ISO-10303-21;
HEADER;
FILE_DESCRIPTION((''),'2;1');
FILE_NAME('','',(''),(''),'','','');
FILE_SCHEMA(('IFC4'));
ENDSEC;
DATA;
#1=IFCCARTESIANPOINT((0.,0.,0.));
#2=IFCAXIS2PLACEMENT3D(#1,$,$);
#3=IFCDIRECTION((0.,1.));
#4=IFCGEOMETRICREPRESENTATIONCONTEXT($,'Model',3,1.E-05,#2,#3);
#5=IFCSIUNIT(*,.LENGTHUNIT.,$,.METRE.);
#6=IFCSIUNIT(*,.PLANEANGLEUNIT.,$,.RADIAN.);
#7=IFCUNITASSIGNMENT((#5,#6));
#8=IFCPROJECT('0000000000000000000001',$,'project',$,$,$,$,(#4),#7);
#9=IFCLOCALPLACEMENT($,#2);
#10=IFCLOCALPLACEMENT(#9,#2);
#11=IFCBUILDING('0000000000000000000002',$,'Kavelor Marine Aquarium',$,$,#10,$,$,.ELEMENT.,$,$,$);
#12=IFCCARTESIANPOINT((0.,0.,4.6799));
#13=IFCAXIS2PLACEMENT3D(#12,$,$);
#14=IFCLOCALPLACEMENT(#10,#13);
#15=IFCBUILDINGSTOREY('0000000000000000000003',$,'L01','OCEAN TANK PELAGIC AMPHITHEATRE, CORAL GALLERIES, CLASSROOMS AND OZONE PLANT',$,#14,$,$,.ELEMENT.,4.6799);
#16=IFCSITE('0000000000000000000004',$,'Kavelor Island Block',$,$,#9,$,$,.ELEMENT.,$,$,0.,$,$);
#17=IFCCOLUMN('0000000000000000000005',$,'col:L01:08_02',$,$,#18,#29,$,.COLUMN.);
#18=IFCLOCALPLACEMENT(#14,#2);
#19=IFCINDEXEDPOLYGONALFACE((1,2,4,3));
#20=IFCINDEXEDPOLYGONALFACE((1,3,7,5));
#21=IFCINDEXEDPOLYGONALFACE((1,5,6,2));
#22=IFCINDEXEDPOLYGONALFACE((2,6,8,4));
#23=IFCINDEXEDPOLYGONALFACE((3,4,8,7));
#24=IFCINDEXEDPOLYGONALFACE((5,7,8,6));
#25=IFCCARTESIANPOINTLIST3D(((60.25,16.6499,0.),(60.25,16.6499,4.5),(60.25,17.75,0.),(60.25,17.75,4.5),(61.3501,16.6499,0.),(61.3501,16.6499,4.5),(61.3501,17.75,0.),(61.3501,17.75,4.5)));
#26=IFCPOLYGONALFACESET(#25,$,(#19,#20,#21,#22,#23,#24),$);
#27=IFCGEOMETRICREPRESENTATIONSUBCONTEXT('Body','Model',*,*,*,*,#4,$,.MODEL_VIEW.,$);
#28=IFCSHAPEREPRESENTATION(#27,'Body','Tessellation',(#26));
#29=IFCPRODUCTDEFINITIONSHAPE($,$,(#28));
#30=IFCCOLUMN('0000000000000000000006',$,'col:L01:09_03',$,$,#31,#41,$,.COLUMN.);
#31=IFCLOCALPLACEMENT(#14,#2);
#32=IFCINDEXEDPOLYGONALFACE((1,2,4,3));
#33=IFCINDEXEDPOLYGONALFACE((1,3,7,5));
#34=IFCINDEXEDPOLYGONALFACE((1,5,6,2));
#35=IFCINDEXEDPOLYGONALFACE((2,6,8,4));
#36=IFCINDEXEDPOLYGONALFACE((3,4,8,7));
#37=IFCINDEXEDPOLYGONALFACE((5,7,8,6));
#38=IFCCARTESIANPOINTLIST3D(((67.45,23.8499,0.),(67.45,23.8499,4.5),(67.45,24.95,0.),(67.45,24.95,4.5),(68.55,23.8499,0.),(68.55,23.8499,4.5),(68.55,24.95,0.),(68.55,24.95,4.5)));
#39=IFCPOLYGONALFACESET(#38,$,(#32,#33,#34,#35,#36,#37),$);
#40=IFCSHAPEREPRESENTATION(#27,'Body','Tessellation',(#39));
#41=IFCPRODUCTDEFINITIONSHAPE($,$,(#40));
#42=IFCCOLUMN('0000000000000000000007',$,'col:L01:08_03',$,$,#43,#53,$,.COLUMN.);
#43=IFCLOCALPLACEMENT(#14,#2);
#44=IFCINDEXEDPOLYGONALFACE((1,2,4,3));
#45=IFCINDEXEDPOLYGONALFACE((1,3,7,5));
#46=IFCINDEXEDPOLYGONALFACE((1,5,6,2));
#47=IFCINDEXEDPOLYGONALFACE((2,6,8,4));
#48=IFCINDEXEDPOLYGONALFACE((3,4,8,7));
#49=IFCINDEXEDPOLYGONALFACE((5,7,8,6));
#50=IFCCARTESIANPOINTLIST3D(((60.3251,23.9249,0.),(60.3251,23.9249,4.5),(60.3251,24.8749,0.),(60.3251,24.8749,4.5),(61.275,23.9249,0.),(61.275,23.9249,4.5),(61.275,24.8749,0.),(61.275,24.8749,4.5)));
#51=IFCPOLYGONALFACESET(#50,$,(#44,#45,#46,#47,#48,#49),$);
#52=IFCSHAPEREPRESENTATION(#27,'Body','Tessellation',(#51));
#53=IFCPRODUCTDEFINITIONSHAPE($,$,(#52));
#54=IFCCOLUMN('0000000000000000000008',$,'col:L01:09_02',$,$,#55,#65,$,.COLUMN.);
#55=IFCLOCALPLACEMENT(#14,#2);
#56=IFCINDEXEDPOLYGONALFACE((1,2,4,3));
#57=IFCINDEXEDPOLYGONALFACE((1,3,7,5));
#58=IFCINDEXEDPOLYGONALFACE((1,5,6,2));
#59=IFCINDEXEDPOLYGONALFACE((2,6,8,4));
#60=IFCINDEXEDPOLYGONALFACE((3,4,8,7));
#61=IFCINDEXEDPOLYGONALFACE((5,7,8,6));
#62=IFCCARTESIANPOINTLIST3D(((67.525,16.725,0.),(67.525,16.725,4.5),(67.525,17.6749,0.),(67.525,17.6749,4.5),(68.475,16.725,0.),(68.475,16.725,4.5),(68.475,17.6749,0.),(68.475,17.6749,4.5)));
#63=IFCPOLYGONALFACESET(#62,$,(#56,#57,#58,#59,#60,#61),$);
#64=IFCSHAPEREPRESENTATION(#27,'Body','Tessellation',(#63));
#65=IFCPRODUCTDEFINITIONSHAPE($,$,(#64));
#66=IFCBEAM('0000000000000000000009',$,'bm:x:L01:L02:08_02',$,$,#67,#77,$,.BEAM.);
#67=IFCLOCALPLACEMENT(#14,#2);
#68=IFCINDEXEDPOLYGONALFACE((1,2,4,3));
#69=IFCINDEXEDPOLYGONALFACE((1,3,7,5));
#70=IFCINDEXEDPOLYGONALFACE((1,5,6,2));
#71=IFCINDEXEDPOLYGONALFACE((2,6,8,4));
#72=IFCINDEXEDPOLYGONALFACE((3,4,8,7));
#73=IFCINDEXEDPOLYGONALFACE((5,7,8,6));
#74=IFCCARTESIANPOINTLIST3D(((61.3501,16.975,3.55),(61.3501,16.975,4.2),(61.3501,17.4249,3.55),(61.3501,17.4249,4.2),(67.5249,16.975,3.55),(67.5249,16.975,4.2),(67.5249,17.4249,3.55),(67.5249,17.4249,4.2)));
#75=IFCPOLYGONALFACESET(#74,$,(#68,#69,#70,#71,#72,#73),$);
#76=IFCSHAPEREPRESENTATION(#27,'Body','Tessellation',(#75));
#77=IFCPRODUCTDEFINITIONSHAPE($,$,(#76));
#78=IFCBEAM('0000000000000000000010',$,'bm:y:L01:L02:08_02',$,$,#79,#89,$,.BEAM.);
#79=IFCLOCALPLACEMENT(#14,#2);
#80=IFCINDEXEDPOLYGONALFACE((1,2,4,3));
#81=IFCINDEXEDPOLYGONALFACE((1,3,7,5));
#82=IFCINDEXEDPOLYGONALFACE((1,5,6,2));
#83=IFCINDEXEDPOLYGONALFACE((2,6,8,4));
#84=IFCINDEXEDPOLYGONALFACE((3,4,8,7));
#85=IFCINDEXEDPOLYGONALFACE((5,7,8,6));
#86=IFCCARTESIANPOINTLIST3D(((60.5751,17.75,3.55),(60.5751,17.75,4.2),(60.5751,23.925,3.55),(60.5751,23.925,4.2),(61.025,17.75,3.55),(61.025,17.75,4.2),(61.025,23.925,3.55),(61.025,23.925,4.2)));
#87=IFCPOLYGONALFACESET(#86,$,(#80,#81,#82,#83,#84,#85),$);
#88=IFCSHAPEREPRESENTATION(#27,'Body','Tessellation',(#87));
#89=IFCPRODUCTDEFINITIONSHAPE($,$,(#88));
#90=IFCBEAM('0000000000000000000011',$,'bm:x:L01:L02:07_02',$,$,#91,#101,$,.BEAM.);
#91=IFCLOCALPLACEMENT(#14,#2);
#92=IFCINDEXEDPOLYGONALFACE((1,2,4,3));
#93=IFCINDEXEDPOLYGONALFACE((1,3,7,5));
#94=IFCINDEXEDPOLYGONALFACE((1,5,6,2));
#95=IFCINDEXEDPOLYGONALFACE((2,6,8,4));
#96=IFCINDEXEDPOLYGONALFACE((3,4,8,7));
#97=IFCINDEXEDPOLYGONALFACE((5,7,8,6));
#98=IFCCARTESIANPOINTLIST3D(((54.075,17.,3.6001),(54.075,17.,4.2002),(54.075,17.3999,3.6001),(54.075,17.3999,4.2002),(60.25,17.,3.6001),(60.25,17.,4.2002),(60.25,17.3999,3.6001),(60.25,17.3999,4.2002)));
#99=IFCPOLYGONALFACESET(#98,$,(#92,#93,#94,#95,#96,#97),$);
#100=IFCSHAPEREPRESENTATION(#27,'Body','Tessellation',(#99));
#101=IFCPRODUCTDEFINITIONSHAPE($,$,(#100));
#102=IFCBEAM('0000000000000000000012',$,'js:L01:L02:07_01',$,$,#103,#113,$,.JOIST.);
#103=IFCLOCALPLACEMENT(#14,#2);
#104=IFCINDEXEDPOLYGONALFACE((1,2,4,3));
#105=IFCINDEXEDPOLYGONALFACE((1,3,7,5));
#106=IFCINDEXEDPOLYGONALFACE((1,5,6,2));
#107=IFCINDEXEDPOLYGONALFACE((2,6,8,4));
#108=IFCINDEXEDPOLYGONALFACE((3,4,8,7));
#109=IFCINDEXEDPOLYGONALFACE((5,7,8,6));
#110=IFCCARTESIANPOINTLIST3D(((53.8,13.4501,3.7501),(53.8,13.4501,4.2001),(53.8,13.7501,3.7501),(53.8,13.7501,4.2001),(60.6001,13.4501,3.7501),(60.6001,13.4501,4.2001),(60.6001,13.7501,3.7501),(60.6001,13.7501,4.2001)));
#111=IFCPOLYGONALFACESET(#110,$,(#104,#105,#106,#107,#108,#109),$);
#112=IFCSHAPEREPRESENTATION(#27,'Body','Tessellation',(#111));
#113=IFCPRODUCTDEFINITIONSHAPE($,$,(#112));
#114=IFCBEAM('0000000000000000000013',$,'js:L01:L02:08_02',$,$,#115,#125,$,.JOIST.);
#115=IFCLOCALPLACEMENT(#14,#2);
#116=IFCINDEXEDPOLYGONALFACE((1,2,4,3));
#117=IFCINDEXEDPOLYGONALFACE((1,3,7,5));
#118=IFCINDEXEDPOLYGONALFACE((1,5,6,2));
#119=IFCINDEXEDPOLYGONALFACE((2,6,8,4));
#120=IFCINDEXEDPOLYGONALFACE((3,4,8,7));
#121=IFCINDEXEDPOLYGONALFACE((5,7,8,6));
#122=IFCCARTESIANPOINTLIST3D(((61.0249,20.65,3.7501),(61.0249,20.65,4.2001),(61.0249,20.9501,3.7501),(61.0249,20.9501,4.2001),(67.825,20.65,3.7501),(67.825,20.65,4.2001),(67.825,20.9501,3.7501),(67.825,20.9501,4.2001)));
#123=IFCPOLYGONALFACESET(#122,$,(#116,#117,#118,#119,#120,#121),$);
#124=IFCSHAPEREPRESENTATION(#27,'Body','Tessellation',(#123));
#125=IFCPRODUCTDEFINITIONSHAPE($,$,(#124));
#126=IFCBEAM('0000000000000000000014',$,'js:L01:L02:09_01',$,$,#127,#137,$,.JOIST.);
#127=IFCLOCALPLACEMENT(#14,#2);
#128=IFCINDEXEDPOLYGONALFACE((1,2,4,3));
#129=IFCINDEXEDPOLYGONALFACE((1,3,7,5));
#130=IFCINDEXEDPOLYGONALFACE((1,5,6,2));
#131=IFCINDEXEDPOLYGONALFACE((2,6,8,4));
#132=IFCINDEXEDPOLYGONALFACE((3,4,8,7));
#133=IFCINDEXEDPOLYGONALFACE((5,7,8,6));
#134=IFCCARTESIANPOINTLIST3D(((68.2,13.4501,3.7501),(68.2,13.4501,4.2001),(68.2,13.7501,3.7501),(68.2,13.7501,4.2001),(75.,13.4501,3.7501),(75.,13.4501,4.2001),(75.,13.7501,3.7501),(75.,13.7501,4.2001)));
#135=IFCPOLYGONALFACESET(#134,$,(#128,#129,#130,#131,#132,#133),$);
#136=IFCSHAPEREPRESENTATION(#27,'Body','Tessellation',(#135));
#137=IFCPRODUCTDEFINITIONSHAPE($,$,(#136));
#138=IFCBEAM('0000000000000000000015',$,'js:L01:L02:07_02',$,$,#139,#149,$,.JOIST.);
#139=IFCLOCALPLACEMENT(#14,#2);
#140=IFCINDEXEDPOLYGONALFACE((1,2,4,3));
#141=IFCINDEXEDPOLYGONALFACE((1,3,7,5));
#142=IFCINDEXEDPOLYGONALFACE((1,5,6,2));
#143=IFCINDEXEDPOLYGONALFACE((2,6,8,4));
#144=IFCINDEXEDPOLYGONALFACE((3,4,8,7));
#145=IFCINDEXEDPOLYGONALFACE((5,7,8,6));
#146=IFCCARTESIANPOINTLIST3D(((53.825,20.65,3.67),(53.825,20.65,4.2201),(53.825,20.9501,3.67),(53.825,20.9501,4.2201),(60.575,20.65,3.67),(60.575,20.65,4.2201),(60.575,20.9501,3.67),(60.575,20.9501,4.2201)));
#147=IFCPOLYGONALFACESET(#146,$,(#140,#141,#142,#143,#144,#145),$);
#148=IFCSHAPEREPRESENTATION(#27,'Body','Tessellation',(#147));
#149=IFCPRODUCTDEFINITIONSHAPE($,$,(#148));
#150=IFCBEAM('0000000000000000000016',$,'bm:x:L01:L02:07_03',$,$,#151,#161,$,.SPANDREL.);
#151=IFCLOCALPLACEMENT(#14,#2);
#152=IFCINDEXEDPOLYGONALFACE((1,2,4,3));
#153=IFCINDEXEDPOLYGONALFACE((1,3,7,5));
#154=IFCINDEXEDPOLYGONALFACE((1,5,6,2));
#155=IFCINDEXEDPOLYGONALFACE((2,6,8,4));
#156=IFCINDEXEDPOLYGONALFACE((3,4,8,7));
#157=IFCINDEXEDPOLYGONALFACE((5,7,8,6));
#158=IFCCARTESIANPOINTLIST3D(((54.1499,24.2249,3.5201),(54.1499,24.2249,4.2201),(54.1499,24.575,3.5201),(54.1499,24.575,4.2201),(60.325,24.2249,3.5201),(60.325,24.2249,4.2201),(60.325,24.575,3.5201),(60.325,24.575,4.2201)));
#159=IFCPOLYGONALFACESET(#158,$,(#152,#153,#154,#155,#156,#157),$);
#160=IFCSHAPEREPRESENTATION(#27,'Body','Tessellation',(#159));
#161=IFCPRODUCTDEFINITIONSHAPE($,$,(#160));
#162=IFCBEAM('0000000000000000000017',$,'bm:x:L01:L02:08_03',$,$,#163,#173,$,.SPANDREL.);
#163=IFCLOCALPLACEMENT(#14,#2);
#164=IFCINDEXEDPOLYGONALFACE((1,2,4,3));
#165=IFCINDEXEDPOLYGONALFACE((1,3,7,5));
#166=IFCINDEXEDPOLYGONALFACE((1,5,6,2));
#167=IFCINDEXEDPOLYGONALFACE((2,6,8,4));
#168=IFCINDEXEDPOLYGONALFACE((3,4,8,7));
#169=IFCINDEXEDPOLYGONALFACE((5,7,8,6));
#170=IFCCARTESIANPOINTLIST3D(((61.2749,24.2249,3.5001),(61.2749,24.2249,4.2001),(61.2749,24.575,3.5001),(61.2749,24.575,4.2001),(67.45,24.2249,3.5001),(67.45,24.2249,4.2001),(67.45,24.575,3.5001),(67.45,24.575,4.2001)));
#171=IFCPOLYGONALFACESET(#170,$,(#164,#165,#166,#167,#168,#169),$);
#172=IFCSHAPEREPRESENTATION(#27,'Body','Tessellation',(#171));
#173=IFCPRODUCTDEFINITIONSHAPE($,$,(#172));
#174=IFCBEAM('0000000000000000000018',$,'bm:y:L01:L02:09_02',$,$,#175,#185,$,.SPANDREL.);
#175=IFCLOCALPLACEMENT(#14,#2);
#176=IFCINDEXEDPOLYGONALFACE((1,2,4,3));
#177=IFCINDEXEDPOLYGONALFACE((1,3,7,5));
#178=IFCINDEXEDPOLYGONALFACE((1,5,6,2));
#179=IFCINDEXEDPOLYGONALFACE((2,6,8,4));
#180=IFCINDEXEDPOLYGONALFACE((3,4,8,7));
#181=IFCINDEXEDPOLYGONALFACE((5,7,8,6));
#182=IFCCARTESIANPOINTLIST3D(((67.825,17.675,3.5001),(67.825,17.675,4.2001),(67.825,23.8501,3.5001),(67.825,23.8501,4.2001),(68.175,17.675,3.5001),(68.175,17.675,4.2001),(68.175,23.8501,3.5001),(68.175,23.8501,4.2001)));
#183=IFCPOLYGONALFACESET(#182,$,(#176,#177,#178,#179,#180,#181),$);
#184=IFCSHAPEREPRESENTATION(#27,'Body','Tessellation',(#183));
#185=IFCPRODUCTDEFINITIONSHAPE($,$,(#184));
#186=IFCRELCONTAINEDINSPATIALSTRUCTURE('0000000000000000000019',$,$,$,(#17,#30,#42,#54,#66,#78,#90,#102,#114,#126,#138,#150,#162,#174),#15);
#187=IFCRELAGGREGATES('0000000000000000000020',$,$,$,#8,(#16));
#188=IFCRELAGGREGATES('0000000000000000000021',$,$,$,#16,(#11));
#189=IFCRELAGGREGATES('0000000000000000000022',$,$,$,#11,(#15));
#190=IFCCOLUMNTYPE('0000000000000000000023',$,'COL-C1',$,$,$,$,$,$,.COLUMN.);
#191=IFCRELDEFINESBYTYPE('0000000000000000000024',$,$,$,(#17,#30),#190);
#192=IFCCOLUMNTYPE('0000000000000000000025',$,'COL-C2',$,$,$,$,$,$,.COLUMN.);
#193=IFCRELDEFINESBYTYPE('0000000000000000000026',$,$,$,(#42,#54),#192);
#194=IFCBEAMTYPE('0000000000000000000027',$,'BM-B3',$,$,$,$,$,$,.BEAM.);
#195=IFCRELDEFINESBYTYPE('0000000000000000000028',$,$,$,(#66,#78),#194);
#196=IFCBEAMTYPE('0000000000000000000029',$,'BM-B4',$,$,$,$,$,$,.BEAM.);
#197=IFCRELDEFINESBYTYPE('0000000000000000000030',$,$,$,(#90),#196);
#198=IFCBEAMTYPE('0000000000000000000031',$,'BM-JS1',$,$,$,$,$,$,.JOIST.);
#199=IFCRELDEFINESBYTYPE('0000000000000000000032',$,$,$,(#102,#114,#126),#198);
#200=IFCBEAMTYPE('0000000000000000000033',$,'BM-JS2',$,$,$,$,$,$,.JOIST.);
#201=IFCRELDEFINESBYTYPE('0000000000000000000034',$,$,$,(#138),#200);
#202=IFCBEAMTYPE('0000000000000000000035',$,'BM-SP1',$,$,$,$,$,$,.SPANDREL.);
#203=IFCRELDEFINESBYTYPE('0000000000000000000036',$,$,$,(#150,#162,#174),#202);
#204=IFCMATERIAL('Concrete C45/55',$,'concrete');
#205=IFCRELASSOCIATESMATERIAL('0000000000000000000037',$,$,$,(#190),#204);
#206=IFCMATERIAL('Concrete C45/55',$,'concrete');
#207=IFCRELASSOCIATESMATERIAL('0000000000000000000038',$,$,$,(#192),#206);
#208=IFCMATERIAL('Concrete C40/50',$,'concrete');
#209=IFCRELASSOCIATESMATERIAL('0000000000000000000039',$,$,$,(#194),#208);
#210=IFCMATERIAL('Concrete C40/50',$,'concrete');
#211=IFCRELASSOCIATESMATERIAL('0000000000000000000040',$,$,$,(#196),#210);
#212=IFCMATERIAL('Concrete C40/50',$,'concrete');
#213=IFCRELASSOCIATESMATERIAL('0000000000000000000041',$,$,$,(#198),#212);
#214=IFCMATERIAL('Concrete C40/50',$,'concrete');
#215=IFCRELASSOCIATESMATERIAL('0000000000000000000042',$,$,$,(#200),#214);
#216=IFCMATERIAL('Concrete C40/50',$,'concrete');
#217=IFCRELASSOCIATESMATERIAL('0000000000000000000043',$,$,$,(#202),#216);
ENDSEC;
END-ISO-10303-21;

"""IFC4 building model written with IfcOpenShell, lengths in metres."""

from ifc_helpers import new_model, si_unit, direction, frame, origin, origin_2d, place, context, subcontext, project, spatial, rectangle, extrude, material, material_profile, profile_set, type_object, element, save


model = new_model("IFC4")

# Units and contexts
model_context = context("Model", 3, precision=1e-05, world=origin(), true_north=direction((0.0, 1.0)))
body_context = subcontext(model_context, "Body", "Model", "MODEL_VIEW")
ifc_project = project(units=[si_unit("LENGTHUNIT", "METRE"), si_unit("PLANEANGLEUNIT", "RADIAN")], contexts=[model_context])

# Site, building, storey
site_placement = place(None, origin())
site = spatial("IfcSite", under=ifc_project, at=site_placement, Name="Kavelor Island Block", CompositionType="ELEMENT", RefElevation=0.0)
building_placement = place(site_placement, origin())
building = spatial("IfcBuilding", under=site, at=building_placement, Name="Kavelor Marine Aquarium", CompositionType="ELEMENT")
storey_placement = place(building_placement, frame((0.0, 0.0, 4.6799)))
storey = spatial("IfcBuildingStorey", under=building, at=storey_placement, Name="L01", Description="OCEAN TANK PELAGIC AMPHITHEATRE, CORAL GALLERIES, CLASSROOMS AND OZONE PLANT", CompositionType="ELEMENT", Elevation=4.6799)

# Columns
ifc_material_1 = material(Name="Concrete C45/55", Category="concrete")
ifc_material_profile_1 = material_profile(ifc_material_1, rectangle(XDim=1.1001, YDim=1.1001, at=origin_2d()), Name="RC-COL 1100x1100")
ifc_profile_set_1 = profile_set([ifc_material_profile_1], Name="Concrete C45/55")
column_type_1 = type_object("IfcColumnType", Name="COL-C1", PredefinedType="COLUMN", material=ifc_profile_set_1)
for number, where, z_axis, x_axis, name in (
    (1, (60.8, 17.2, 0.0), (0.0, 0.0, 1.0), (1.0, 0.0, 0.0), "col:L01:08_02"),
    (2, (68.0, 24.3999, 0.0), (0.0, 0.0, 1.0), (1.0, 0.0, 0.0), "col:L01:09_03"),
):
    element("IfcColumn", number, at=place(storey_placement, frame(where, z_axis=z_axis, x_axis=x_axis)), inside=storey, type_object=column_type_1, Name=name, PredefinedType="COLUMN", context=body_context, shape_type="SweptSolid", body=[
        extrude(rectangle(XDim=1.1001, YDim=1.1001, at=origin_2d()), origin(), (0.0, 0.0, 1.0), 4.5),
    ])
ifc_material_2 = material(Name="Concrete C45/55", Category="concrete")
ifc_material_profile_2 = material_profile(ifc_material_2, rectangle(XDim=0.95, YDim=0.95, at=origin_2d()), Name="RC-COL 950x950")
ifc_profile_set_2 = profile_set([ifc_material_profile_2], Name="Concrete C45/55")
column_type_2 = type_object("IfcColumnType", Name="COL-C2", PredefinedType="COLUMN", material=ifc_profile_set_2)
for number, where, z_axis, x_axis, name in (
    (3, (60.8, 24.3999, 0.0), (0.0, 0.0, 1.0), (1.0, 0.0, 0.0), "col:L01:08_03"),
    (4, (68.0, 17.2, 0.0), (0.0, 0.0, 1.0), (1.0, 0.0, 0.0), "col:L01:09_02"),
):
    element("IfcColumn", number, at=place(storey_placement, frame(where, z_axis=z_axis, x_axis=x_axis)), inside=storey, type_object=column_type_2, Name=name, PredefinedType="COLUMN", context=body_context, shape_type="SweptSolid", body=[
        extrude(rectangle(XDim=0.95, YDim=0.95, at=origin_2d()), origin(), (0.0, 0.0, 1.0), 4.5),
    ])

# Beams
ifc_material_3 = material(Name="Concrete C40/50", Category="concrete")
ifc_material_profile_3 = material_profile(ifc_material_3, rectangle(XDim=0.45, YDim=0.6499, at=origin_2d()), Name="RC-BM 450x650")
ifc_profile_set_3 = profile_set([ifc_material_profile_3], Name="Concrete C40/50")
beam_type_1 = type_object("IfcBeamType", Name="BM-B3", PredefinedType="BEAM", material=ifc_profile_set_3)
beam_1_placement = place(storey_placement, frame((61.3501, 17.2, 3.875), z_axis=(1.0, 0.0, 0.0), x_axis=(0.0, 1.0, 0.0)))
element("IfcBeam", 5, at=beam_1_placement, inside=storey, type_object=beam_type_1, Name="bm:x:L01:L02:08_02", PredefinedType="BEAM", context=body_context, shape_type="SweptSolid", body=[
    extrude(rectangle(XDim=0.45, YDim=0.6499, at=origin_2d()), origin(), (0.0, 0.0, 1.0), 6.1748),
])
beam_2_placement = place(storey_placement, frame((60.8, 17.75, 3.875), z_axis=(0.0, 1.0, 0.0), x_axis=(-1.0, 0.0, 0.0)))
element("IfcBeam", 6, at=beam_2_placement, inside=storey, type_object=beam_type_1, Name="bm:y:L01:L02:08_02", PredefinedType="BEAM", context=body_context, shape_type="SweptSolid", body=[
    extrude(rectangle(XDim=0.45, YDim=0.6499, at=origin_2d()), origin(), (0.0, 0.0, 1.0), 6.175),
])
ifc_material_4 = material(Name="Concrete C40/50", Category="concrete")
ifc_material_profile_4 = material_profile(ifc_material_4, rectangle(XDim=0.3999, YDim=0.6001, at=origin_2d()), Name="RC-BM 400x600")
ifc_profile_set_4 = profile_set([ifc_material_profile_4], Name="Concrete C40/50")
beam_type_2 = type_object("IfcBeamType", Name="BM-B4", PredefinedType="BEAM", material=ifc_profile_set_4)
beam_3_placement = place(storey_placement, frame((54.075, 17.2, 3.9001), z_axis=(1.0, 0.0, 0.0), x_axis=(0.0, 1.0, 0.0)))
element("IfcBeam", 7, at=beam_3_placement, inside=storey, type_object=beam_type_2, Name="bm:x:L01:L02:07_02", PredefinedType="BEAM", context=body_context, shape_type="SweptSolid", body=[
    extrude(rectangle(XDim=0.3999, YDim=0.6001, at=origin_2d()), origin(), (0.0, 0.0, 1.0), 6.175),
])
ifc_material_5 = material(Name="Concrete C40/50", Category="concrete")
ifc_material_profile_5 = material_profile(ifc_material_5, rectangle(XDim=0.3, YDim=0.45, at=origin_2d()), Name="RC-JS 300x450")
ifc_profile_set_5 = profile_set([ifc_material_profile_5], Name="Concrete C40/50")
beam_type_3 = type_object("IfcBeamType", Name="BM-JS1", PredefinedType="JOIST", material=ifc_profile_set_5)
for number, where, z_axis, x_axis, name in (
    (8, (53.8, 13.6001, 3.9751), (1.0, 0.0, 0.0), (0.0, 1.0, 0.0), "js:L01:L02:07_01"),
    (9, (61.0249, 20.8, 3.9751), (1.0, 0.0, 0.0), (0.0, 1.0, 0.0), "js:L01:L02:08_02"),
    (10, (68.2, 13.6001, 3.9751), (1.0, 0.0, 0.0), (0.0, 1.0, 0.0), "js:L01:L02:09_01"),
):
    element("IfcBeam", number, at=place(storey_placement, frame(where, z_axis=z_axis, x_axis=x_axis)), inside=storey, type_object=beam_type_3, Name=name, PredefinedType="JOIST", context=body_context, shape_type="SweptSolid", body=[
        extrude(rectangle(XDim=0.3, YDim=0.45, at=origin_2d()), origin(), (0.0, 0.0, 1.0), 6.8),
    ])
ifc_material_6 = material(Name="Concrete C40/50", Category="concrete")
ifc_material_profile_6 = material_profile(ifc_material_6, rectangle(XDim=0.3, YDim=0.55, at=origin_2d()), Name="RC-JS 300x550")
ifc_profile_set_6 = profile_set([ifc_material_profile_6], Name="Concrete C40/50")
beam_type_4 = type_object("IfcBeamType", Name="BM-JS2", PredefinedType="JOIST", material=ifc_profile_set_6)
beam_4_placement = place(storey_placement, frame((53.825, 20.8, 3.9451), z_axis=(1.0, 0.0, 0.0), x_axis=(0.0, 1.0, 0.0)))
element("IfcBeam", 11, at=beam_4_placement, inside=storey, type_object=beam_type_4, Name="js:L01:L02:07_02", PredefinedType="JOIST", context=body_context, shape_type="SweptSolid", body=[
    extrude(rectangle(XDim=0.3, YDim=0.55, at=origin_2d()), origin(), (0.0, 0.0, 1.0), 6.75),
])
ifc_material_7 = material(Name="Concrete C40/50", Category="concrete")
ifc_material_profile_7 = material_profile(ifc_material_7, rectangle(XDim=0.3501, YDim=0.7, at=origin_2d()), Name="RC-SP 350x700")
ifc_profile_set_7 = profile_set([ifc_material_profile_7], Name="Concrete C40/50")
beam_type_5 = type_object("IfcBeamType", Name="BM-SP1", PredefinedType="SPANDREL", material=ifc_profile_set_7)
for number, where, z_axis, x_axis, name in (
    (12, (54.1499, 24.3999, 3.8701), (1.0, 0.0, 0.0), (0.0, 1.0, 0.0), "bm:x:L01:L02:07_03"),
    (13, (61.2749, 24.3999, 3.8501), (1.0, 0.0, 0.0), (0.0, 1.0, 0.0), "bm:x:L01:L02:08_03"),
    (14, (68.0, 17.675, 3.8501), (0.0, 1.0, 0.0), (-1.0, 0.0, 0.0), "bm:y:L01:L02:09_02"),
):
    element("IfcBeam", number, at=place(storey_placement, frame(where, z_axis=z_axis, x_axis=x_axis)), inside=storey, type_object=beam_type_5, Name=name, PredefinedType="SPANDREL", context=body_context, shape_type="SweptSolid", body=[
        extrude(rectangle(XDim=0.3501, YDim=0.7, at=origin_2d()), origin(), (0.0, 0.0, 1.0), 6.175),
    ])

save(model, "model.ifc")
